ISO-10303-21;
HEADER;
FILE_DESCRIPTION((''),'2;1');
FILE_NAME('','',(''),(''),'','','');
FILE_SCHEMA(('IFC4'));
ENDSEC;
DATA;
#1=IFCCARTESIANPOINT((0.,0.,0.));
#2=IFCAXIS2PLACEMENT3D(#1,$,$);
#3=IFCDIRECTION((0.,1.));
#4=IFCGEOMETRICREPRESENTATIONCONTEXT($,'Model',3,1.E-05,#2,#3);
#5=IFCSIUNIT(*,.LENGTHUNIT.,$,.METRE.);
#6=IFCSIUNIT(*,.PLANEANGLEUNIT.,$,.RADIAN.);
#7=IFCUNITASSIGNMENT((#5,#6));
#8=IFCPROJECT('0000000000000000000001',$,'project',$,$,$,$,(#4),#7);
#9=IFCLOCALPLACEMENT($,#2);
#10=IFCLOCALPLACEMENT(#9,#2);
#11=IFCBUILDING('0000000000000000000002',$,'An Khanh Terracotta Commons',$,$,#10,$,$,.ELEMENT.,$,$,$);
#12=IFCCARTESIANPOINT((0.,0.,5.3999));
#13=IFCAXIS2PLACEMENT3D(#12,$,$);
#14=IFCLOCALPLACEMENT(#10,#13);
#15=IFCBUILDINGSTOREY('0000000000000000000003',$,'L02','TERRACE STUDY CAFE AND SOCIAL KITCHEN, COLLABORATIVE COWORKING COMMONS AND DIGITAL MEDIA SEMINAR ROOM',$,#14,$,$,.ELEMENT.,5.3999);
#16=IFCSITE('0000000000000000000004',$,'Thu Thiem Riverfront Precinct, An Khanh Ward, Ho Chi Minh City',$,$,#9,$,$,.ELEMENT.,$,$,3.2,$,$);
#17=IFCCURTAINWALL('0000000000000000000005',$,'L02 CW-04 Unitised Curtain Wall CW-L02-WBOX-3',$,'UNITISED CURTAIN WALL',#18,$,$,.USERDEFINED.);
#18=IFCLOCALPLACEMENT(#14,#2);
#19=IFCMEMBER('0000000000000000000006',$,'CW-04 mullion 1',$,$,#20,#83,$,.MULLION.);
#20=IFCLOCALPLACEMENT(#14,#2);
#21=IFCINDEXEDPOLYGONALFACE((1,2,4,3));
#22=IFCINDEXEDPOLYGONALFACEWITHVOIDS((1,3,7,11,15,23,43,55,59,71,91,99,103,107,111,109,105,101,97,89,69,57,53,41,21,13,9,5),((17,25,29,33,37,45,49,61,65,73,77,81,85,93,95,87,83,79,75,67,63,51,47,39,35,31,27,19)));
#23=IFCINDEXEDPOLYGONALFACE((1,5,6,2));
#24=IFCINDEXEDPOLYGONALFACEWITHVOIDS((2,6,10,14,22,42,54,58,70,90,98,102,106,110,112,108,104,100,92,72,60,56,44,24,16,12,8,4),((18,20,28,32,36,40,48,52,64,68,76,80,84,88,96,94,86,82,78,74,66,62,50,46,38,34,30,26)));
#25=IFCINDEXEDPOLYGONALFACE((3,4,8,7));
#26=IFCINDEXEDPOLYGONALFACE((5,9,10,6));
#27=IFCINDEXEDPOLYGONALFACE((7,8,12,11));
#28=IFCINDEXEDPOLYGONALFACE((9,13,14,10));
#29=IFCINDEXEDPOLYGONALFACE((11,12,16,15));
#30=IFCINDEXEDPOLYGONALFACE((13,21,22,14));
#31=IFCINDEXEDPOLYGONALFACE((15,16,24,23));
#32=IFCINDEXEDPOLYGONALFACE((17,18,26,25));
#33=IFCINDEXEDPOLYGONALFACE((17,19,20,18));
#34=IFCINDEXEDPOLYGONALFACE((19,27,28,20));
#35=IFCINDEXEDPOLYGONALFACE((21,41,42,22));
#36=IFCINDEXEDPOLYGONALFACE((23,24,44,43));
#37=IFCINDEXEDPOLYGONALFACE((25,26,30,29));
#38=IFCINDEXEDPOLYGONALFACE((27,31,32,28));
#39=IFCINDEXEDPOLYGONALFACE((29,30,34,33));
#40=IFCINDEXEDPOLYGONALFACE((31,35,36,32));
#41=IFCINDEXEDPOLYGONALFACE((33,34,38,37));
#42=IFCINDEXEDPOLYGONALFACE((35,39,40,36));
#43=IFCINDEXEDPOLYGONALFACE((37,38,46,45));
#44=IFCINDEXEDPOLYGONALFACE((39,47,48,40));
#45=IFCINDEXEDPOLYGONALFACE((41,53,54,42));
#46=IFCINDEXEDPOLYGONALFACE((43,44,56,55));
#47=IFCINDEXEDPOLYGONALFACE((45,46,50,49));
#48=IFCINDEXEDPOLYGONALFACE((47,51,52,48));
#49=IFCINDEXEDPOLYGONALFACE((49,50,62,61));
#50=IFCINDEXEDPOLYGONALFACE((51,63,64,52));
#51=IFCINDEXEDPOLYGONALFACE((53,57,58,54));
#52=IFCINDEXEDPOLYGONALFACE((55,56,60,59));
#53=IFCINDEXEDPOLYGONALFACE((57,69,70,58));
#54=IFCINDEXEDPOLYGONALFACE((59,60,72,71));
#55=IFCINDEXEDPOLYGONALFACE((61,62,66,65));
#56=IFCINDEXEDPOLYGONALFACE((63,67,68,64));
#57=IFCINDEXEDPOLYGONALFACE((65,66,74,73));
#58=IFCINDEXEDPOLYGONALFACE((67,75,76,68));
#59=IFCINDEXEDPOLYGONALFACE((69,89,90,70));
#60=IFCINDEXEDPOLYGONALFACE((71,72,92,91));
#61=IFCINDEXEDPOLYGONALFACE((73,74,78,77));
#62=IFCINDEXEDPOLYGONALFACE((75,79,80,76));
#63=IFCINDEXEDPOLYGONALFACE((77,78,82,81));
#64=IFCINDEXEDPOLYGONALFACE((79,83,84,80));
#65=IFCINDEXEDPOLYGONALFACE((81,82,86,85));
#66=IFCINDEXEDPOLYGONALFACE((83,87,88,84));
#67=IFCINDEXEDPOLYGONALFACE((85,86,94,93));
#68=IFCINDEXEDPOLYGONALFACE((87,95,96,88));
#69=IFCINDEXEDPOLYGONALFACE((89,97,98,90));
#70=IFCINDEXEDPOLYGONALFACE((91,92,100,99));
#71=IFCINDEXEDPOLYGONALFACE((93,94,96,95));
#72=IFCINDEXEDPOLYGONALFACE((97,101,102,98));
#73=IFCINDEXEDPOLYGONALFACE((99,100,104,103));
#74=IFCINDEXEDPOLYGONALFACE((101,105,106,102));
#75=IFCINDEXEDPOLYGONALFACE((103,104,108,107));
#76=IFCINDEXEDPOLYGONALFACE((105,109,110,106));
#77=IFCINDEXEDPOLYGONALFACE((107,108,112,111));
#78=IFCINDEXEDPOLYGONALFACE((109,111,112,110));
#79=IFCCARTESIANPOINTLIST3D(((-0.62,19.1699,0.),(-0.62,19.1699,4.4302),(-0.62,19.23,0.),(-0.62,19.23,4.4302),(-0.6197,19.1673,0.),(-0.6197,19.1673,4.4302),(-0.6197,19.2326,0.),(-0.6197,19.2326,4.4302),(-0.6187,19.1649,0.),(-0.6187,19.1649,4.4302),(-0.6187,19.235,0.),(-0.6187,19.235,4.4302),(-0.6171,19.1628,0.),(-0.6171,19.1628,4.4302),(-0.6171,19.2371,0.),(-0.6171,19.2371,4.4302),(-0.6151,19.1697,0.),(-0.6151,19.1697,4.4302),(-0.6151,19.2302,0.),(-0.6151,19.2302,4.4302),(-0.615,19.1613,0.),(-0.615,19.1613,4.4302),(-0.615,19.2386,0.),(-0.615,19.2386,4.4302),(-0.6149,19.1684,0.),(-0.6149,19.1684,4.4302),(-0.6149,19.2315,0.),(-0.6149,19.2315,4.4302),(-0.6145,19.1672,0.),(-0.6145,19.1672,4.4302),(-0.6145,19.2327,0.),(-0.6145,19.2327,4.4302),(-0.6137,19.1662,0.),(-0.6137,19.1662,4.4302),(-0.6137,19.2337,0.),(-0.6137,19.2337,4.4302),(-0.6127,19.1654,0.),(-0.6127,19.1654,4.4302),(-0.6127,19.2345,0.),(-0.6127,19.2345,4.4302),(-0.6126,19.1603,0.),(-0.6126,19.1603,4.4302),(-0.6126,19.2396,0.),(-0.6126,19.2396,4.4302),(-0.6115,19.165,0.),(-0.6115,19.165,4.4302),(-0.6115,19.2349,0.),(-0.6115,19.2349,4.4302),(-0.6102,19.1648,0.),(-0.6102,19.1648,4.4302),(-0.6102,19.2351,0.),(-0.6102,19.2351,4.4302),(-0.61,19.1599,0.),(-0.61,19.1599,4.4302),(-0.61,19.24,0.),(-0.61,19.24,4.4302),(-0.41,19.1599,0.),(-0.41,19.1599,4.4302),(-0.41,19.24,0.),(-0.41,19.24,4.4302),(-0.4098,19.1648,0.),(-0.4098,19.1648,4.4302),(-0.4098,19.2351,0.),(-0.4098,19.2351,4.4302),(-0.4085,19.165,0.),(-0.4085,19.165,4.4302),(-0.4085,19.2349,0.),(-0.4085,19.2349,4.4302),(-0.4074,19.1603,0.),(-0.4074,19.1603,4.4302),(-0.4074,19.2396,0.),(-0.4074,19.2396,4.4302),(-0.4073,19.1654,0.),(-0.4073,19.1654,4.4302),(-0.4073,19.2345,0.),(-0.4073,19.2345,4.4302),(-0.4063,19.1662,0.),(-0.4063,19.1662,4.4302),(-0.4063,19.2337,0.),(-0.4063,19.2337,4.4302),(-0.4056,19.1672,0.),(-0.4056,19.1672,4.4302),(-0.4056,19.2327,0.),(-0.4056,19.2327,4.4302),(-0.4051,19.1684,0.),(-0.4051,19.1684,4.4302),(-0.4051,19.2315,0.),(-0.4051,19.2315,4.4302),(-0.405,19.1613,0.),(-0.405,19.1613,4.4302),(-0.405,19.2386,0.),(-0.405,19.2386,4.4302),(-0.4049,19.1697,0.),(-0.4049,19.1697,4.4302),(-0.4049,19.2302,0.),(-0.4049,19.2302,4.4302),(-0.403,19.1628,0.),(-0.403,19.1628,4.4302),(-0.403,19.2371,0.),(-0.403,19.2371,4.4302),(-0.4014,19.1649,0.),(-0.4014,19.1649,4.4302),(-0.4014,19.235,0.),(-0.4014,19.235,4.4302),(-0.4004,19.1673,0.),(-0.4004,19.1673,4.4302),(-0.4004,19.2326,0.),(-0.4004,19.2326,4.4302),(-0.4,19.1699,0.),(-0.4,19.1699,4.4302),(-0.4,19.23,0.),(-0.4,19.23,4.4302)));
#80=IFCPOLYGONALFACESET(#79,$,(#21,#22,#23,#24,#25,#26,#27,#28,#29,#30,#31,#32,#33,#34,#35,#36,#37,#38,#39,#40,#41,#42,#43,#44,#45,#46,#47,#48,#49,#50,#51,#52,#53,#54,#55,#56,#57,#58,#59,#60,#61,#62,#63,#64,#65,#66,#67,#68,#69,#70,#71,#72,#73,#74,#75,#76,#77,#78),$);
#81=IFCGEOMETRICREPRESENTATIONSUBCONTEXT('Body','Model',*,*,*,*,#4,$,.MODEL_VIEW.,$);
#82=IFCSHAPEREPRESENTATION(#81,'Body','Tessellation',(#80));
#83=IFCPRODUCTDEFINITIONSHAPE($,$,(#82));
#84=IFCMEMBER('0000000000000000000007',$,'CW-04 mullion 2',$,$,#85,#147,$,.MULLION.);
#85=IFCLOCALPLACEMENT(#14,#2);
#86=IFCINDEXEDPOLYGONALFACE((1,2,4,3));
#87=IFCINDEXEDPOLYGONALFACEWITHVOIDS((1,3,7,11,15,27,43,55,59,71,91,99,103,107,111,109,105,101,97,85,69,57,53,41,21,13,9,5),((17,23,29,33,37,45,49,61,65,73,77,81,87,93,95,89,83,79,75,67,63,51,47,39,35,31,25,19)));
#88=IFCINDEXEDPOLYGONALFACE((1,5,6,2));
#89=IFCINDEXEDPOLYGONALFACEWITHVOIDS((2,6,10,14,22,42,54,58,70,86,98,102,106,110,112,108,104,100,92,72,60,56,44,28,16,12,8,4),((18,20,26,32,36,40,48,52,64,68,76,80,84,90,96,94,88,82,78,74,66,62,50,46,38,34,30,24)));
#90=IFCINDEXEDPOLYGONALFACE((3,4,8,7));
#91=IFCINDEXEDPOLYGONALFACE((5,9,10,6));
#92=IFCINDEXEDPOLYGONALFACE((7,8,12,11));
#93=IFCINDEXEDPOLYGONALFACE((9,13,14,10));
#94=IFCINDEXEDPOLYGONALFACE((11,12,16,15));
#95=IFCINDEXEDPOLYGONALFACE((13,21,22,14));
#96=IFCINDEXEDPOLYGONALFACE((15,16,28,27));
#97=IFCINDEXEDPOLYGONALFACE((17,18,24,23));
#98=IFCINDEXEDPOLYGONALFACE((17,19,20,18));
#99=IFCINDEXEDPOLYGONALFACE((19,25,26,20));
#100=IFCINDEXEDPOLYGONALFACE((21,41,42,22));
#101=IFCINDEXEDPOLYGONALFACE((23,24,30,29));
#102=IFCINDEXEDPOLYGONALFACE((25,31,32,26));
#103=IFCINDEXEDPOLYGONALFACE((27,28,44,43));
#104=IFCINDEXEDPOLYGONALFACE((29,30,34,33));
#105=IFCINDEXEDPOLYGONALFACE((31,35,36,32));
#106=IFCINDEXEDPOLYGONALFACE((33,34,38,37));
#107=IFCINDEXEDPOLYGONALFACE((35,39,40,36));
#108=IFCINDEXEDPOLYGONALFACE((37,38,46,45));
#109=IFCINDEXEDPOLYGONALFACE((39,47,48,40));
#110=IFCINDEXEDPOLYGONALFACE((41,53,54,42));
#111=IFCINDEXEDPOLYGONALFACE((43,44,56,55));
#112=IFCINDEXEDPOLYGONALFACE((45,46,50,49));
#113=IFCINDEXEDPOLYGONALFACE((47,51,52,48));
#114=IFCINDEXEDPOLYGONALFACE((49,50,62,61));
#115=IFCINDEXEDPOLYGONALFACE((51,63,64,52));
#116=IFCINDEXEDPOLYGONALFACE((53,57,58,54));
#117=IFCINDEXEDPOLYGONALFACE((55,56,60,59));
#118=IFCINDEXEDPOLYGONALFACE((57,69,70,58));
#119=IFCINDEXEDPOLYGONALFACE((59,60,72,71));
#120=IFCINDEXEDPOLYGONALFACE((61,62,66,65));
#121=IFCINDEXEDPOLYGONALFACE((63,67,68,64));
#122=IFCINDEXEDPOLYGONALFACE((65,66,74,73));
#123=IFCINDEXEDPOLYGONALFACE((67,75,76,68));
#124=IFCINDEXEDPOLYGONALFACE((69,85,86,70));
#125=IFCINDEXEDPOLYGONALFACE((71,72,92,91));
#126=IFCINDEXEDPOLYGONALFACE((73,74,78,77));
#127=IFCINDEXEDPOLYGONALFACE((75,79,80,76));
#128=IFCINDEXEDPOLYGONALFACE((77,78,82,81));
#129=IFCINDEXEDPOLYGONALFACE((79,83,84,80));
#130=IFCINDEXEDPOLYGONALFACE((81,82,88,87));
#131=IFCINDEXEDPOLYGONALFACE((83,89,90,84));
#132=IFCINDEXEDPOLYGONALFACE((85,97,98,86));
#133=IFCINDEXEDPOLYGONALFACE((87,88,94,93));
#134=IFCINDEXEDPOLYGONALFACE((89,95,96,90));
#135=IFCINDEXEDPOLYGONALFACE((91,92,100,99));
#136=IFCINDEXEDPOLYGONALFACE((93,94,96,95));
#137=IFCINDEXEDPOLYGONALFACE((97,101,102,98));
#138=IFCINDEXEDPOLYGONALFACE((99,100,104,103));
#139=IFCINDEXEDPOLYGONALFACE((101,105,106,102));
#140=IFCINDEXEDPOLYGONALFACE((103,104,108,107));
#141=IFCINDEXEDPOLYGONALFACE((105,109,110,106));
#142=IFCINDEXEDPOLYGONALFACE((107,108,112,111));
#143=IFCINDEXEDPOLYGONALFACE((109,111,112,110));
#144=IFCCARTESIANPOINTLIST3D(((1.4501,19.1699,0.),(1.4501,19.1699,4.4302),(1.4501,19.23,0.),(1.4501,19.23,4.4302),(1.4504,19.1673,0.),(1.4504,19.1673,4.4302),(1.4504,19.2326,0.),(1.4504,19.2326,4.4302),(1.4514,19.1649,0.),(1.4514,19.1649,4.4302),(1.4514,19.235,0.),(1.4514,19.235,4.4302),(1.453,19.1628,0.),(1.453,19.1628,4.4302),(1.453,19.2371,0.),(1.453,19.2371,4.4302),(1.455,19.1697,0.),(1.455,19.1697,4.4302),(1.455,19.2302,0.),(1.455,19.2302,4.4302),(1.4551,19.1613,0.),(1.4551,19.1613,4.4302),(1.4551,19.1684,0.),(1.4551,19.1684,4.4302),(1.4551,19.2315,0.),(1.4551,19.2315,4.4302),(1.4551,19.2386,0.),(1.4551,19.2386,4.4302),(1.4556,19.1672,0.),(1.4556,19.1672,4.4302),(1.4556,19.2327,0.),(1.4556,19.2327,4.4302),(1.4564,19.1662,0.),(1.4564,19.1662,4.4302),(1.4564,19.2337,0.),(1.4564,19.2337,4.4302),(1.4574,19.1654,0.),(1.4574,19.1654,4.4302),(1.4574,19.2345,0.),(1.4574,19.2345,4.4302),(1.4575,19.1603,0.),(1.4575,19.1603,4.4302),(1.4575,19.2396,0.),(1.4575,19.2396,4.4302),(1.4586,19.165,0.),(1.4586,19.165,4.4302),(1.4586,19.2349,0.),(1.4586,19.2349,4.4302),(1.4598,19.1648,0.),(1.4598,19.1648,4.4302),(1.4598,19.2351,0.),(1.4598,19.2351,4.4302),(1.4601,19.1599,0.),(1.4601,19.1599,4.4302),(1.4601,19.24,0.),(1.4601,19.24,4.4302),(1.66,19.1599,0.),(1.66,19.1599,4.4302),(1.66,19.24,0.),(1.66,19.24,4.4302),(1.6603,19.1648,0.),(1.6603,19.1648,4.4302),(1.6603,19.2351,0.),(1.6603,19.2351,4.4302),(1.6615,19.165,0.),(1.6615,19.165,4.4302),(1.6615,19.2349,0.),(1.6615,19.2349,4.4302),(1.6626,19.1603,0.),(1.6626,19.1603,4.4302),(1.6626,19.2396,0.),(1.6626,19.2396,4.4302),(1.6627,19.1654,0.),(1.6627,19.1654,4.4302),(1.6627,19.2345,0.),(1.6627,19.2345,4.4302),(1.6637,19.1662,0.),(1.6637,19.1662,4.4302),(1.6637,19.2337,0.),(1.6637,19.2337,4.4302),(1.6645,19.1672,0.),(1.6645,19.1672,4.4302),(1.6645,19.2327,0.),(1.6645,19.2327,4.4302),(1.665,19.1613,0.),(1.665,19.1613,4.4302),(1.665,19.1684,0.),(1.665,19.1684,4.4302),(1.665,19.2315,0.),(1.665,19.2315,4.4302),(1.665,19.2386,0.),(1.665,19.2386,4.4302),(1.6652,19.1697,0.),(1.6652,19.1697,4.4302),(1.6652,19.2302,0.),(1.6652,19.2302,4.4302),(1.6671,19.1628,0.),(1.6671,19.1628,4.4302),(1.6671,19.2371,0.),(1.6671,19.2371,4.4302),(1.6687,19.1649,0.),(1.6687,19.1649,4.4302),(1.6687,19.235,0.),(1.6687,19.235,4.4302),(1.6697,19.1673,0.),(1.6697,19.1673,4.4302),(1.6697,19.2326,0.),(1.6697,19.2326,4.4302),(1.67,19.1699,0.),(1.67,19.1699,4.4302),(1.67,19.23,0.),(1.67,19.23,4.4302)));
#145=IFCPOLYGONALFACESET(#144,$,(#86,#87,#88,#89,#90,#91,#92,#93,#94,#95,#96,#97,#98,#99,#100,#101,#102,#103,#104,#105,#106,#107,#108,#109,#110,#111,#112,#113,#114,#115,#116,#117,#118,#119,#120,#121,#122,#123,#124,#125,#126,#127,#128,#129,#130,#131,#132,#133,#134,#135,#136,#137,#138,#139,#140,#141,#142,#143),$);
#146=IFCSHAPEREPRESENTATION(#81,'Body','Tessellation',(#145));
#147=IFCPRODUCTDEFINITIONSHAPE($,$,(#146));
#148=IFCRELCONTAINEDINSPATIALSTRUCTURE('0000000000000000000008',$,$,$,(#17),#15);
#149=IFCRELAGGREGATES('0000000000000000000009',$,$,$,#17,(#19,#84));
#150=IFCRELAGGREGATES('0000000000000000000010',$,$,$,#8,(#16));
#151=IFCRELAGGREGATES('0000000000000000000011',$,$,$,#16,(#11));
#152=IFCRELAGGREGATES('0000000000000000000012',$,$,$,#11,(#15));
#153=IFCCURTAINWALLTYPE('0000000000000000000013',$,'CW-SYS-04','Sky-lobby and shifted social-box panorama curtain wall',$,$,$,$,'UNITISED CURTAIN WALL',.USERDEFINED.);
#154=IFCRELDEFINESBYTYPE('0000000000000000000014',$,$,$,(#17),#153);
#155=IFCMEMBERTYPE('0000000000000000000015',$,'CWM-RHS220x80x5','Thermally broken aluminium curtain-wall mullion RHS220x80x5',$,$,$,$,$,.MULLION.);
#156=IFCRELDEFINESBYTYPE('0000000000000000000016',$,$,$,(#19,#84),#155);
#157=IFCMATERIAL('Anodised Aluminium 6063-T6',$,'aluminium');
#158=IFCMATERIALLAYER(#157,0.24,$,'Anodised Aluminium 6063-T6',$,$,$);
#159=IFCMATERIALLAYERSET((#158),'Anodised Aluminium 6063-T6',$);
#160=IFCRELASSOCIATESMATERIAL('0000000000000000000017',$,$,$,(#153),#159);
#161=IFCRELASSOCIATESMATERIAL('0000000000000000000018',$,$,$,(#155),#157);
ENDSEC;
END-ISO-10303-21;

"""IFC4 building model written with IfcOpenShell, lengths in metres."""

from ifc_helpers import new_model, si_unit, direction, frame, origin, origin_2d, place, context, subcontext, project, spatial, hollow_rectangle, extrude, material, layer, layer_set, material_profile, profile_set, type_object, element, aggregate, save


model = new_model("IFC4")

# Units and contexts
model_context = context("Model", 3, precision=1e-05, world=origin(), true_north=direction((0.0, 1.0)))
body_context = subcontext(model_context, "Body", "Model", "MODEL_VIEW")
ifc_project = project(units=[si_unit("LENGTHUNIT", "METRE"), si_unit("PLANEANGLEUNIT", "RADIAN")], contexts=[model_context])

# Site, building, storey
site_placement = place(None, origin())
site = spatial("IfcSite", under=ifc_project, at=site_placement, Name="Thu Thiem Riverfront Precinct, An Khanh Ward, Ho Chi Minh City", CompositionType="ELEMENT", RefElevation=3.2)
building_placement = place(site_placement, origin())
building = spatial("IfcBuilding", under=site, at=building_placement, Name="An Khanh Terracotta Commons", CompositionType="ELEMENT")
storey_placement = place(building_placement, frame((0.0, 0.0, 5.3999)))
storey = spatial("IfcBuildingStorey", under=building, at=storey_placement, Name="L02", Description="TERRACE STUDY CAFE AND SOCIAL KITCHEN, COLLABORATIVE COWORKING COMMONS AND DIGITAL MEDIA SEMINAR ROOM", CompositionType="ELEMENT", Elevation=5.3999)

# Curtain wall, members
ifc_material_1 = material(Name="Anodised Aluminium 6063-T6", Category="aluminium")
ifc_layer_1 = layer(ifc_material_1, 0.24, Name="Anodised Aluminium 6063-T6")
ifc_layer_set_1 = layer_set([ifc_layer_1], Name="Anodised Aluminium 6063-T6")
curtain_wall_type = type_object("IfcCurtainWallType", Name="CW-SYS-04", Description="Sky-lobby and shifted social-box panorama curtain wall", ElementType="UNITISED CURTAIN WALL", PredefinedType="USERDEFINED", material=ifc_layer_set_1)
ifc_material_profile_1 = material_profile(ifc_material_1, hollow_rectangle(XDim=0.0801, YDim=0.22, WallThickness=0.0049, InnerFilletRadius=0.0049, OuterFilletRadius=0.01, at=origin_2d()), Name="RHS220x80x5")
ifc_profile_set_1 = profile_set([ifc_material_profile_1], Name="Anodised Aluminium 6063-T6")
member_type_1 = type_object("IfcMemberType", Name="CWM-RHS220x80x5", Description="Thermally broken aluminium curtain-wall mullion RHS220x80x5", PredefinedType="MULLION", material=ifc_profile_set_1)
curtain_wall_1_placement = place(storey_placement, origin())
curtain_wall_1 = element("IfcCurtainWall", 1, at=curtain_wall_1_placement, inside=storey, type_object=curtain_wall_type, Name="L02 CW-04 Unitised Curtain Wall CW-L02-WBOX-3", ObjectType="UNITISED CURTAIN WALL", PredefinedType="USERDEFINED")
member_1_placement = place(storey_placement, frame((-0.51, 19.2, 0.0), z_axis=(0.0, 0.0, 1.0), x_axis=(0.0, 1.0, 0.0)))
member_1 = element("IfcMember", 2, at=member_1_placement, type_object=member_type_1, Name="CW-04 mullion 1", PredefinedType="MULLION", context=body_context, shape_type="SweptSolid", body=[
    extrude(hollow_rectangle(XDim=0.0801, YDim=0.22, WallThickness=0.0049, InnerFilletRadius=0.0049, OuterFilletRadius=0.01, at=origin_2d()), origin(), (0.0, 0.0, 1.0), 4.4302),
])
member_2_placement = place(storey_placement, frame((1.5601, 19.2, 0.0), z_axis=(0.0, 0.0, 1.0), x_axis=(0.0, 1.0, 0.0)))
member_2 = element("IfcMember", 3, at=member_2_placement, type_object=member_type_1, Name="CW-04 mullion 2", PredefinedType="MULLION", context=body_context, shape_type="SweptSolid", body=[
    extrude(hollow_rectangle(XDim=0.0801, YDim=0.22, WallThickness=0.0049, InnerFilletRadius=0.0049, OuterFilletRadius=0.01, at=origin_2d()), origin(), (0.0, 0.0, 1.0), 4.4302),
])

aggregate(curtain_wall_1, [member_1, member_2])

save(model, "model.ifc")
